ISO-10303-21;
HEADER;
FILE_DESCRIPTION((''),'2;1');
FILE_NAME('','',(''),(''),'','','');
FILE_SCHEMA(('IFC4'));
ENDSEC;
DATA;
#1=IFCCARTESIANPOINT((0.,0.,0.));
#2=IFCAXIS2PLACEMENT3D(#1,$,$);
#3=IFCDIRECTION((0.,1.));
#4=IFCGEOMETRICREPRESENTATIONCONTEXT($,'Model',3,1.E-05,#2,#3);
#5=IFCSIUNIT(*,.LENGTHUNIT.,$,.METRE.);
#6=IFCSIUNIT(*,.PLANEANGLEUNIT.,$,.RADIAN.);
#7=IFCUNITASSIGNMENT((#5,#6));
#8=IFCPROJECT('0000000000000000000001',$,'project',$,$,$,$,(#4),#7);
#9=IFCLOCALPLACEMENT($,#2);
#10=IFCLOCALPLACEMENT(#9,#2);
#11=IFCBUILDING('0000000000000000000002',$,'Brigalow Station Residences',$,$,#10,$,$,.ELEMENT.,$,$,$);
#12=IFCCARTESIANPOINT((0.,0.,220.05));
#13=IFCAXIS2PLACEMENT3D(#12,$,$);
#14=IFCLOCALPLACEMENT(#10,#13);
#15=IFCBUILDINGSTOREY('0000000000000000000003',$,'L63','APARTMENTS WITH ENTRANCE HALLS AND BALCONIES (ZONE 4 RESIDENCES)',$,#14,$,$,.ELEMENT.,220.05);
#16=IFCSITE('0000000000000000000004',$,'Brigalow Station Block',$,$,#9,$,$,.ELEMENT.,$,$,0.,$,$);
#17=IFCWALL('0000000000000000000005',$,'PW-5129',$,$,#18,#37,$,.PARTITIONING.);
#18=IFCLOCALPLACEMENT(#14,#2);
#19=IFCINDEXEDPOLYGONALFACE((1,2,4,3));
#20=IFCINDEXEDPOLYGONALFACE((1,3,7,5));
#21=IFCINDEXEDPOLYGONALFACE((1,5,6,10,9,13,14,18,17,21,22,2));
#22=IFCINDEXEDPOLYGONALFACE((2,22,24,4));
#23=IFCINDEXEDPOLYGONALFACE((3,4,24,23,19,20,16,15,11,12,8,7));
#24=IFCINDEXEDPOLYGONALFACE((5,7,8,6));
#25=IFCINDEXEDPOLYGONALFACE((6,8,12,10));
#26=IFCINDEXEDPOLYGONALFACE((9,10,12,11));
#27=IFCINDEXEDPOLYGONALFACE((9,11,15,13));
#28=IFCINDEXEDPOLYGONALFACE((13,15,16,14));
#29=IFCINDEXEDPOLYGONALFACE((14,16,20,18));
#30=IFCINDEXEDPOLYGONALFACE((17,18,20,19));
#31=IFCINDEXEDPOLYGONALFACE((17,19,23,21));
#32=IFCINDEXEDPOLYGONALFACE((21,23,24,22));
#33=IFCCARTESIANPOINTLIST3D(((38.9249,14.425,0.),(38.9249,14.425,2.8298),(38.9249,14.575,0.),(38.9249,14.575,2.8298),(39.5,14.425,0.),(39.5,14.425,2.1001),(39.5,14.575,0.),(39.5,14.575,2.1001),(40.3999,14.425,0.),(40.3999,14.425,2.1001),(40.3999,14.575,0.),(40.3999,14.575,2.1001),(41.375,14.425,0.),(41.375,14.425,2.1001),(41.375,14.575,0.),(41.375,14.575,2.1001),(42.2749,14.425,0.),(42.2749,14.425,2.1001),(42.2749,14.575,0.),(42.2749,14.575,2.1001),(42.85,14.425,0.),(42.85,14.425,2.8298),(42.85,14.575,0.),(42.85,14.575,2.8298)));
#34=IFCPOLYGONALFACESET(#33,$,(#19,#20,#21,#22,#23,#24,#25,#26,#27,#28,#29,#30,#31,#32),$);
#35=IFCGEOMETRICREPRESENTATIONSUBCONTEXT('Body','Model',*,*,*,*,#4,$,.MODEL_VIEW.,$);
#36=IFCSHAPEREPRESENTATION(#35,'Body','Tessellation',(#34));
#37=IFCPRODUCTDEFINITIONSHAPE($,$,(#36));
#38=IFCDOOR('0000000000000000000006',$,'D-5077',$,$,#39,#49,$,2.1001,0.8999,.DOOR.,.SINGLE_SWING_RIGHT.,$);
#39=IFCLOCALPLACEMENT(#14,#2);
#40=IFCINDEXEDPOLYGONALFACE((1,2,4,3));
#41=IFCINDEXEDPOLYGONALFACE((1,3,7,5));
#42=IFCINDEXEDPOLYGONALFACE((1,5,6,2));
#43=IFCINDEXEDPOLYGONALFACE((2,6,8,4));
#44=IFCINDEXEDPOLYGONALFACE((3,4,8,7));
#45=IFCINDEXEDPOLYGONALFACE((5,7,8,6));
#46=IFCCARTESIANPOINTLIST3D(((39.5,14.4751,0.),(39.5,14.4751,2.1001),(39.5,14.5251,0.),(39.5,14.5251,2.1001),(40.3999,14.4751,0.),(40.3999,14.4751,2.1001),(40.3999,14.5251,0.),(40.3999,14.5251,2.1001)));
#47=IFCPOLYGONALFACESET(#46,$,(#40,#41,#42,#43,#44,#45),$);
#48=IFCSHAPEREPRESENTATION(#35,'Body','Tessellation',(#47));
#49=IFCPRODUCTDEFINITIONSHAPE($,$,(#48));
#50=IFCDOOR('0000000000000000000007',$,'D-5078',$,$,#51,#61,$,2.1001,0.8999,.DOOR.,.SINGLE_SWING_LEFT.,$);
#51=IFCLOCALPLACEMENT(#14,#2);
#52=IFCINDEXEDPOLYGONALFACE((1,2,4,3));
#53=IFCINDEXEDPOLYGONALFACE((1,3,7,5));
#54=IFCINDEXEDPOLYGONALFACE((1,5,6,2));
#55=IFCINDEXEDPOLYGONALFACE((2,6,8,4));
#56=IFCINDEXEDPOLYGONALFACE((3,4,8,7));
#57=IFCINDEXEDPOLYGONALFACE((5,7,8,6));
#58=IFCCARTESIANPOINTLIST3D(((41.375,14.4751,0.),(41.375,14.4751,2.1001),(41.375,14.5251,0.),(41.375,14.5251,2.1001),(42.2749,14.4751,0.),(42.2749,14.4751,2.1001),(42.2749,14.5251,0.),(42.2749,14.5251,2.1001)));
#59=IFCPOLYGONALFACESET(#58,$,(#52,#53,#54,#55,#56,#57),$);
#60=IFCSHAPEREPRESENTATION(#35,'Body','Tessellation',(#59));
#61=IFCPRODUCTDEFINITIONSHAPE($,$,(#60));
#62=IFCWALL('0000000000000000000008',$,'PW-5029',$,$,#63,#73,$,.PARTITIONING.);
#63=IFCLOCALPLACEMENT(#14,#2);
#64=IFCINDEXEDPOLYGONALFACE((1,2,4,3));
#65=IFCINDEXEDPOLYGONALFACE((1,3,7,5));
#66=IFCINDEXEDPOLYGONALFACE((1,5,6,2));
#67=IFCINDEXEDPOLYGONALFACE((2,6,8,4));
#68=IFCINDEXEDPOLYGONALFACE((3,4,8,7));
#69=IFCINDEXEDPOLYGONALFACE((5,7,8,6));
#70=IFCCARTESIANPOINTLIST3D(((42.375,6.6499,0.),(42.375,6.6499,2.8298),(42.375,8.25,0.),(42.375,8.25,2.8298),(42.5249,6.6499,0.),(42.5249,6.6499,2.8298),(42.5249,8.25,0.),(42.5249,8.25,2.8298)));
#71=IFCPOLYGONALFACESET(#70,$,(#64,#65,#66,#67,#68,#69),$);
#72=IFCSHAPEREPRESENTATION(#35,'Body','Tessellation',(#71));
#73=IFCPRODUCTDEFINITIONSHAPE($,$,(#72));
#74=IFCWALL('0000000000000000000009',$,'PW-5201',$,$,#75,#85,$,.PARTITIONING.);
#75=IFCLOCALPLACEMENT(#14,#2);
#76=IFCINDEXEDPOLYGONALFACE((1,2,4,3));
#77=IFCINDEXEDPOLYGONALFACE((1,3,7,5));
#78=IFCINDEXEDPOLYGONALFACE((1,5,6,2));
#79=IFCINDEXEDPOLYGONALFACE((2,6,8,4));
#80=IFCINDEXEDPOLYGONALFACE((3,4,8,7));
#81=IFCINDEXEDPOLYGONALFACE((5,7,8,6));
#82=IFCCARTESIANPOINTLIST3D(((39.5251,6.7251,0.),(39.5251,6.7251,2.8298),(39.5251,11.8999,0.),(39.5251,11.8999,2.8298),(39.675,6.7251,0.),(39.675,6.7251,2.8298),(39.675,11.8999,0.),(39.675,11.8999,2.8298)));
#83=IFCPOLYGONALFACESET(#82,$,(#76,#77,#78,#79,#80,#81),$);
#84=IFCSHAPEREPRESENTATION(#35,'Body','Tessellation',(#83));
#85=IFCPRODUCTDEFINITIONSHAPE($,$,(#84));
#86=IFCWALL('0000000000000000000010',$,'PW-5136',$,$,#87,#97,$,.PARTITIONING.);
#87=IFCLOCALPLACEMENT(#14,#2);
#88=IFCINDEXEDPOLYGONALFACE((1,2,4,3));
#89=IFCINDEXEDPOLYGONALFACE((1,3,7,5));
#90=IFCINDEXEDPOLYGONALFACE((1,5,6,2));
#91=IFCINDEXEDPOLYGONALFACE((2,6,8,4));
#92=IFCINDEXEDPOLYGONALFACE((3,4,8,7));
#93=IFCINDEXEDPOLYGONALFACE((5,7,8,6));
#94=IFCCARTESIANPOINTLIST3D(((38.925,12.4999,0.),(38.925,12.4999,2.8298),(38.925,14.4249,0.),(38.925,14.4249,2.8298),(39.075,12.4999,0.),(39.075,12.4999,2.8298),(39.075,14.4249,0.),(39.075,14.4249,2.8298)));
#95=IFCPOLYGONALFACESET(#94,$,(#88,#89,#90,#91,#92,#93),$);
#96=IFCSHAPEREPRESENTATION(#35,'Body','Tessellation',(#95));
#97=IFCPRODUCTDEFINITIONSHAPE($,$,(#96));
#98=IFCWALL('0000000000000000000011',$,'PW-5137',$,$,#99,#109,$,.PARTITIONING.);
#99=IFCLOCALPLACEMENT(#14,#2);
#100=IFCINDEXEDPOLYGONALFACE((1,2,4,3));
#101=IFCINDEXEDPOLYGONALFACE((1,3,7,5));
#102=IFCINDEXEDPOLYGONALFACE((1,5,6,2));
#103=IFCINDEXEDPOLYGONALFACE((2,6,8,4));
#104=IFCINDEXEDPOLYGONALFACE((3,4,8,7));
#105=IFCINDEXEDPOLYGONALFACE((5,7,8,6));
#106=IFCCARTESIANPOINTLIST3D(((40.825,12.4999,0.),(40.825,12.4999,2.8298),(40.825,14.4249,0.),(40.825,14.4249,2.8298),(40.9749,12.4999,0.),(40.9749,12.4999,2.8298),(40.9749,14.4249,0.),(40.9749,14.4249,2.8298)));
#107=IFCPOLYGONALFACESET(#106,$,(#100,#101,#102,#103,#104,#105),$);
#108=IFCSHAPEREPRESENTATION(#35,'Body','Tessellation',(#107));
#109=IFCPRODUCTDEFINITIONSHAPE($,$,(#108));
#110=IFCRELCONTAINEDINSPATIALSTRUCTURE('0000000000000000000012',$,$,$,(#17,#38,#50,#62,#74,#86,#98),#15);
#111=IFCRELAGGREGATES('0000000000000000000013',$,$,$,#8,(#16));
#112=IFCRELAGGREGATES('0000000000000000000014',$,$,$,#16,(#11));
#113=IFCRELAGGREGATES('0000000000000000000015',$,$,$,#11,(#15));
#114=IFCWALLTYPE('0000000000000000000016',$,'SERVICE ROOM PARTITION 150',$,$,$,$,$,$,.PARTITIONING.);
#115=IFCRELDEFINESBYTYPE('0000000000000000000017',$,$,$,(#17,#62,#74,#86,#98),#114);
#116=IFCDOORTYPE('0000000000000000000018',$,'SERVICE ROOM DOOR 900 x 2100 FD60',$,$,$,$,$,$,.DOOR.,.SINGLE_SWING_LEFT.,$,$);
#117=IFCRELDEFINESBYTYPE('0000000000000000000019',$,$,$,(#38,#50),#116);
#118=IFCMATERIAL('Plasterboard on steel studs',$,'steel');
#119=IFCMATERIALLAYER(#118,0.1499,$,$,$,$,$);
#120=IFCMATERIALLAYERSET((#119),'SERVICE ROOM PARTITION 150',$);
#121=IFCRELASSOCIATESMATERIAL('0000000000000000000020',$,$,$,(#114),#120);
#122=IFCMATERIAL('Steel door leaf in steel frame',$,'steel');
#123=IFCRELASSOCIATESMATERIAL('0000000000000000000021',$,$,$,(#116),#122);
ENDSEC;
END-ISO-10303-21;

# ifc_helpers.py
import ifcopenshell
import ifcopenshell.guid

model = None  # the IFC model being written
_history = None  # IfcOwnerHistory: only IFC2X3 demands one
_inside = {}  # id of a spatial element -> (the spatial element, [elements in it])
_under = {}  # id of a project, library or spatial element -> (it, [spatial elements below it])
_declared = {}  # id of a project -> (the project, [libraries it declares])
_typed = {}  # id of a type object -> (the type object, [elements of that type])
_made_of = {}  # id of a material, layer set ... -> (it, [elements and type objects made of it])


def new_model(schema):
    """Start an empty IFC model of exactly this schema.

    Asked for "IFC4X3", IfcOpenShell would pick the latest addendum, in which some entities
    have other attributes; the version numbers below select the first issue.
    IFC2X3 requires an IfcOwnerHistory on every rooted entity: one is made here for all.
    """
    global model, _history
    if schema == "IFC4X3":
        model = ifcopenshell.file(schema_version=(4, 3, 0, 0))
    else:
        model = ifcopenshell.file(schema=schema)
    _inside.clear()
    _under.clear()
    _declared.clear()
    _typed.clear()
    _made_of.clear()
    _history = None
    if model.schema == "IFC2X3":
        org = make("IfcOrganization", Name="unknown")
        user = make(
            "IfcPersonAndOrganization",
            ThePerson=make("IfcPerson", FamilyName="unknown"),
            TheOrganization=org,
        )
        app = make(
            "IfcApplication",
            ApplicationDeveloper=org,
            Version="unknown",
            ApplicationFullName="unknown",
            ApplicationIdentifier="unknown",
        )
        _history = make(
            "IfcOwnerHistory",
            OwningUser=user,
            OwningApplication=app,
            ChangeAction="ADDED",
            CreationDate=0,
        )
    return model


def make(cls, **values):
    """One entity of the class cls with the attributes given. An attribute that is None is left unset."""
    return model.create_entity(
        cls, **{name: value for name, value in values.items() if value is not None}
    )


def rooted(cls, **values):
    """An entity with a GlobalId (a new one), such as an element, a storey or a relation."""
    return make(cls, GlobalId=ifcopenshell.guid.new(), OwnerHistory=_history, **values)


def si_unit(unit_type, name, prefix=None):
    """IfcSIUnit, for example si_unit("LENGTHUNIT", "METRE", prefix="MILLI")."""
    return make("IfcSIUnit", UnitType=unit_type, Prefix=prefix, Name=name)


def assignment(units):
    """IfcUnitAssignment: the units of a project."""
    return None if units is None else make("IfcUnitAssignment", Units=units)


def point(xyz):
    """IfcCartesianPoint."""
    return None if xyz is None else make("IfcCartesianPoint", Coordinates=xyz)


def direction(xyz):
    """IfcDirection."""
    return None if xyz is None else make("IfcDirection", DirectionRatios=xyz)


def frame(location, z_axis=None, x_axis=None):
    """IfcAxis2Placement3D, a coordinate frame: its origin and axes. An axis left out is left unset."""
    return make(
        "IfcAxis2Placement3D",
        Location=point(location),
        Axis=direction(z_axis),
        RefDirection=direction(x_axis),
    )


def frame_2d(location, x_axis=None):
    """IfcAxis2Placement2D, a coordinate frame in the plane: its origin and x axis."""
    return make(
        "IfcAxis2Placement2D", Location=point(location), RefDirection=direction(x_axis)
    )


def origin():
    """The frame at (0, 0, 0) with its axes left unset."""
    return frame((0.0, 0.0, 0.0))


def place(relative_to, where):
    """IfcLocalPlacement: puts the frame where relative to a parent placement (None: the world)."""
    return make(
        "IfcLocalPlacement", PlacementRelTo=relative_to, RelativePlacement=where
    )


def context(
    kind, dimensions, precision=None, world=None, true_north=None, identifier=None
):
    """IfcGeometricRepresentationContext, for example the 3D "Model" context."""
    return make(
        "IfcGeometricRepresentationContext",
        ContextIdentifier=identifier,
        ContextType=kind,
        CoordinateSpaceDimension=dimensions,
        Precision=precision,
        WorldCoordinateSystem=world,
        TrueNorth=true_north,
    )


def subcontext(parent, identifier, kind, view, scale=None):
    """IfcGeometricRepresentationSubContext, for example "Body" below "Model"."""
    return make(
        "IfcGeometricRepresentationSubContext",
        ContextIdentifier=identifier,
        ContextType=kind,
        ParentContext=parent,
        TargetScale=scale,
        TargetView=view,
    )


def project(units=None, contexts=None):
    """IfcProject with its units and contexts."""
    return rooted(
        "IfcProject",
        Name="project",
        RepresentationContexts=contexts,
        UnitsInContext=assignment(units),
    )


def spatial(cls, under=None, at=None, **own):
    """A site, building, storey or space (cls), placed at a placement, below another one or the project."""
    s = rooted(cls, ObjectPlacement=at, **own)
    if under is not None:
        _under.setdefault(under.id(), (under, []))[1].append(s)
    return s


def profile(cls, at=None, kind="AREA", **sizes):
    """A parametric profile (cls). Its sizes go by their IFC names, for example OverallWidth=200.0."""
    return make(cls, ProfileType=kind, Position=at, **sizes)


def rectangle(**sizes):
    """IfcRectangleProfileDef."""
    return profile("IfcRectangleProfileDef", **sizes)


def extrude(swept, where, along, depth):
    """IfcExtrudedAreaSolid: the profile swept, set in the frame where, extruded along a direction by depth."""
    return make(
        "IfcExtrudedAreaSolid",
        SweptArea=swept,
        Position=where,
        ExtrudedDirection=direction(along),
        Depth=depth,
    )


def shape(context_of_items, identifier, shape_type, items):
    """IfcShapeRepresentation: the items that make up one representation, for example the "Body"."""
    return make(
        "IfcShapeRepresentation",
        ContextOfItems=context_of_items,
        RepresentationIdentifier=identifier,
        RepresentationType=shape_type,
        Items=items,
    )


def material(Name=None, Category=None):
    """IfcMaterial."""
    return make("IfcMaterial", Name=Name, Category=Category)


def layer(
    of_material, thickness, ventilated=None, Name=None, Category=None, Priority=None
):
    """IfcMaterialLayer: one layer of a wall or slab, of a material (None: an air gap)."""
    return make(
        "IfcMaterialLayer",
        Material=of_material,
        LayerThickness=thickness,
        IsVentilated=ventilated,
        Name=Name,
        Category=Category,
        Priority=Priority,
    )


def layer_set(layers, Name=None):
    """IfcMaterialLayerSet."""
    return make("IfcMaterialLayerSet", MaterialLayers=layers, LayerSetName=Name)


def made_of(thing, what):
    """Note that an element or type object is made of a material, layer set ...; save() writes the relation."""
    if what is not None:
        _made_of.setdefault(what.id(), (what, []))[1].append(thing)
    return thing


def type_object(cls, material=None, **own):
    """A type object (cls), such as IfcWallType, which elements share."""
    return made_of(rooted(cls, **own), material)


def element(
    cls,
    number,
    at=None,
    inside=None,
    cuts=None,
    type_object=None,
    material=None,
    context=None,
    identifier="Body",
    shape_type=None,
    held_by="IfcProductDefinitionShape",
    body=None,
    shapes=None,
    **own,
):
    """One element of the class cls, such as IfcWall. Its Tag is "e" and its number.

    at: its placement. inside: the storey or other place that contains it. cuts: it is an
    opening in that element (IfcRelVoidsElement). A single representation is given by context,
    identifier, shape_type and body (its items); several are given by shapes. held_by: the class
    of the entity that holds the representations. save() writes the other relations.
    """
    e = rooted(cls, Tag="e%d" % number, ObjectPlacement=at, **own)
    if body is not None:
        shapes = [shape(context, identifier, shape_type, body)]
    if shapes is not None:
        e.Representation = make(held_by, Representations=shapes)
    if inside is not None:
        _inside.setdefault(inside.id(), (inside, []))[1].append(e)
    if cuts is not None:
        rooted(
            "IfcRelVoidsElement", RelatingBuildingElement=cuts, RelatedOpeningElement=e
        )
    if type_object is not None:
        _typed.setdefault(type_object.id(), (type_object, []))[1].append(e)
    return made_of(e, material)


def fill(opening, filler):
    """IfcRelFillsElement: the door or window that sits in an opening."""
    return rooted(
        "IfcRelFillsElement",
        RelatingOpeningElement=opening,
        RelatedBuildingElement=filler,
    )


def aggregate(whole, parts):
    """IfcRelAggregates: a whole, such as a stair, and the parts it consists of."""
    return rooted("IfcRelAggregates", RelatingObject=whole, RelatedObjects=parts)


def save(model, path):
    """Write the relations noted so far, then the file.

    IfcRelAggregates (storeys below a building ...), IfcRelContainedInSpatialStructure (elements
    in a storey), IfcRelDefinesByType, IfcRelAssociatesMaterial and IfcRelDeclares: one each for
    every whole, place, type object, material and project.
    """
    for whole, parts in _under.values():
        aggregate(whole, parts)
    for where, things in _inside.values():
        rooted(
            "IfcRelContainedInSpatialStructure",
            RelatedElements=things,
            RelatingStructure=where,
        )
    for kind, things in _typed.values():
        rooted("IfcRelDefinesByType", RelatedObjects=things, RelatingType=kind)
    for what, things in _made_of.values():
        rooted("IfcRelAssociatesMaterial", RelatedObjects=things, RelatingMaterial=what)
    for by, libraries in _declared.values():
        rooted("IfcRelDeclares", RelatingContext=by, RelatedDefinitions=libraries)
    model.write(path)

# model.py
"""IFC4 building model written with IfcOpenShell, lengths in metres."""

from ifc_helpers import new_model, si_unit, direction, frame, frame_2d, origin, place, context, subcontext, project, spatial, rectangle, extrude, material, layer, layer_set, type_object, element, fill, save


model = new_model("IFC4")

# Units and contexts
model_context = context("Model", 3, precision=1e-05, world=origin(), true_north=direction((0.0, 1.0)))
body_context = subcontext(model_context, "Body", "Model", "MODEL_VIEW")
ifc_project = project(units=[si_unit("LENGTHUNIT", "METRE"), si_unit("PLANEANGLEUNIT", "RADIAN")], contexts=[model_context])

# Site, building, storey
site_placement = place(None, origin())
site = spatial("IfcSite", under=ifc_project, at=site_placement, Name="Brigalow Station Block", CompositionType="ELEMENT", RefElevation=0.0)
building_placement = place(site_placement, origin())
building = spatial("IfcBuilding", under=site, at=building_placement, Name="Brigalow Station Residences", CompositionType="ELEMENT")
storey_placement = place(building_placement, frame((0.0, 0.0, 220.05)))
storey = spatial("IfcBuildingStorey", under=building, at=storey_placement, Name="L63", Description="APARTMENTS WITH ENTRANCE HALLS AND BALCONIES (ZONE 4 RESIDENCES)", CompositionType="ELEMENT", Elevation=220.05)

# Wall, openings, doors
ifc_material_1 = material(Name="Plasterboard on steel studs", Category="steel")
ifc_layer_1 = layer(ifc_material_1, 0.1499)
ifc_layer_set_1 = layer_set([ifc_layer_1], Name="SERVICE ROOM PARTITION 150")
wall_type_1 = type_object("IfcWallType", Name="SERVICE ROOM PARTITION 150", PredefinedType="PARTITIONING", material=ifc_layer_set_1)
wall_1_placement = place(storey_placement, frame((38.925, 14.5, 0.0), z_axis=(0.0, 0.0, 1.0), x_axis=(1.0, 0.0, 0.0)))
wall_1 = element("IfcWall", 1, at=wall_1_placement, inside=storey, type_object=wall_type_1, Name="PW-5129", PredefinedType="PARTITIONING", context=body_context, shape_type="SweptSolid", body=[
    extrude(rectangle(XDim=3.925, YDim=0.1499, at=frame_2d((1.9624, 0.0))), origin(), (0.0, 0.0, 1.0), 2.8298),
])
opening_1_placement = place(wall_1_placement, frame((0.575, 0.0, 0.0)))
opening_1 = element("IfcOpeningElement", 2, at=opening_1_placement, cuts=wall_1, PredefinedType="OPENING", context=body_context, shape_type="SweptSolid", body=[
    extrude(rectangle(XDim=0.8999, YDim=2.1001, at=frame_2d((0.45, 1.05))), frame((0.0, 0.085, 0.0), z_axis=(0.0, -1.0, 0.0), x_axis=(1.0, 0.0, 0.0)), (0.0, 0.0, 1.0), 0.1699),
])
opening_2_placement = place(wall_1_placement, frame((2.45, 0.0, 0.0)))
opening_2 = element("IfcOpeningElement", 3, at=opening_2_placement, cuts=wall_1, PredefinedType="OPENING", context=body_context, shape_type="SweptSolid", body=[
    extrude(rectangle(XDim=0.8999, YDim=2.1001, at=frame_2d((0.45, 1.05))), frame((0.0, 0.085, 0.0), z_axis=(0.0, -1.0, 0.0), x_axis=(1.0, 0.0, 0.0)), (0.0, 0.0, 1.0), 0.1699),
])
ifc_material_2 = material(Name="Steel door leaf in steel frame", Category="steel")
door_type_1 = type_object("IfcDoorType", Name="SERVICE ROOM DOOR 900 x 2100 FD60", OperationType="SINGLE_SWING_LEFT", PredefinedType="DOOR", material=ifc_material_2)
door_1_placement = place(opening_1_placement, frame((0.8999, 0.0, 0.0), z_axis=(0.0, 0.0, 1.0), x_axis=(-1.0, 0.0, 0.0)))
door_1 = element("IfcDoor", 4, at=door_1_placement, inside=storey, type_object=door_type_1, Name="D-5077", OperationType="SINGLE_SWING_RIGHT", OverallHeight=2.1001, OverallWidth=0.8999, PredefinedType="DOOR", context=body_context, shape_type="SweptSolid", body=[
    extrude(rectangle(XDim=0.8999, YDim=2.1001, at=frame_2d((0.45, 1.05))), frame((0.0, 0.0249, 0.0), z_axis=(0.0, -1.0, 0.0), x_axis=(1.0, 0.0, 0.0)), (0.0, 0.0, 1.0), 0.05),
])
fill(opening_1, door_1)
door_2_placement = place(opening_2_placement, frame((0.8999, 0.0, 0.0), z_axis=(0.0, 0.0, 1.0), x_axis=(-1.0, 0.0, 0.0)))
door_2 = element("IfcDoor", 5, at=door_2_placement, inside=storey, type_object=door_type_1, Name="D-5078", OperationType="SINGLE_SWING_LEFT", OverallHeight=2.1001, OverallWidth=0.8999, PredefinedType="DOOR", context=body_context, shape_type="SweptSolid", body=[
    extrude(rectangle(XDim=0.8999, YDim=2.1001, at=frame_2d((0.45, 1.05))), frame((0.0, 0.0249, 0.0), z_axis=(0.0, -1.0, 0.0), x_axis=(1.0, 0.0, 0.0)), (0.0, 0.0, 1.0), 0.05),
])
fill(opening_2, door_2)

# Walls
wall_2_placement = place(storey_placement, frame((42.45, 6.6499, 0.0), z_axis=(0.0, 0.0, 1.0), x_axis=(0.0, 1.0, 0.0)))
element("IfcWall", 6, at=wall_2_placement, inside=storey, type_object=wall_type_1, Name="PW-5029", PredefinedType="PARTITIONING", context=body_context, shape_type="SweptSolid", body=[
    extrude(rectangle(XDim=1.6001, YDim=0.1499, at=frame_2d((0.8, 0.0))), origin(), (0.0, 0.0, 1.0), 2.8298),
])
wall_3_placement = place(storey_placement, frame((39.6001, 6.7251, 0.0), z_axis=(0.0, 0.0, 1.0), x_axis=(0.0, 1.0, 0.0)))
element("IfcWall", 7, at=wall_3_placement, inside=storey, type_object=wall_type_1, Name="PW-5201", PredefinedType="PARTITIONING", context=body_context, shape_type="SweptSolid", body=[
    extrude(rectangle(XDim=5.1748, YDim=0.1499, at=frame_2d((2.5874, 0.0))), origin(), (0.0, 0.0, 1.0), 2.8298),
])
for number, where, z_axis, x_axis, name in (
    (8, (39.0, 12.5, 0.0), (0.0, 0.0, 1.0), (0.0, 1.0, 0.0), "PW-5136"),
    (9, (40.8999, 12.5, 0.0), (0.0, 0.0, 1.0), (0.0, 1.0, 0.0), "PW-5137"),
):
    element("IfcWall", number, at=place(storey_placement, frame(where, z_axis=z_axis, x_axis=x_axis)), inside=storey, type_object=wall_type_1, Name=name, PredefinedType="PARTITIONING", context=body_context, shape_type="SweptSolid", body=[
        extrude(rectangle(XDim=1.925, YDim=0.1499, at=frame_2d((0.9624, 0.0))), origin(), (0.0, 0.0, 1.0), 2.8298),
    ])

save(model, "model.ifc")
